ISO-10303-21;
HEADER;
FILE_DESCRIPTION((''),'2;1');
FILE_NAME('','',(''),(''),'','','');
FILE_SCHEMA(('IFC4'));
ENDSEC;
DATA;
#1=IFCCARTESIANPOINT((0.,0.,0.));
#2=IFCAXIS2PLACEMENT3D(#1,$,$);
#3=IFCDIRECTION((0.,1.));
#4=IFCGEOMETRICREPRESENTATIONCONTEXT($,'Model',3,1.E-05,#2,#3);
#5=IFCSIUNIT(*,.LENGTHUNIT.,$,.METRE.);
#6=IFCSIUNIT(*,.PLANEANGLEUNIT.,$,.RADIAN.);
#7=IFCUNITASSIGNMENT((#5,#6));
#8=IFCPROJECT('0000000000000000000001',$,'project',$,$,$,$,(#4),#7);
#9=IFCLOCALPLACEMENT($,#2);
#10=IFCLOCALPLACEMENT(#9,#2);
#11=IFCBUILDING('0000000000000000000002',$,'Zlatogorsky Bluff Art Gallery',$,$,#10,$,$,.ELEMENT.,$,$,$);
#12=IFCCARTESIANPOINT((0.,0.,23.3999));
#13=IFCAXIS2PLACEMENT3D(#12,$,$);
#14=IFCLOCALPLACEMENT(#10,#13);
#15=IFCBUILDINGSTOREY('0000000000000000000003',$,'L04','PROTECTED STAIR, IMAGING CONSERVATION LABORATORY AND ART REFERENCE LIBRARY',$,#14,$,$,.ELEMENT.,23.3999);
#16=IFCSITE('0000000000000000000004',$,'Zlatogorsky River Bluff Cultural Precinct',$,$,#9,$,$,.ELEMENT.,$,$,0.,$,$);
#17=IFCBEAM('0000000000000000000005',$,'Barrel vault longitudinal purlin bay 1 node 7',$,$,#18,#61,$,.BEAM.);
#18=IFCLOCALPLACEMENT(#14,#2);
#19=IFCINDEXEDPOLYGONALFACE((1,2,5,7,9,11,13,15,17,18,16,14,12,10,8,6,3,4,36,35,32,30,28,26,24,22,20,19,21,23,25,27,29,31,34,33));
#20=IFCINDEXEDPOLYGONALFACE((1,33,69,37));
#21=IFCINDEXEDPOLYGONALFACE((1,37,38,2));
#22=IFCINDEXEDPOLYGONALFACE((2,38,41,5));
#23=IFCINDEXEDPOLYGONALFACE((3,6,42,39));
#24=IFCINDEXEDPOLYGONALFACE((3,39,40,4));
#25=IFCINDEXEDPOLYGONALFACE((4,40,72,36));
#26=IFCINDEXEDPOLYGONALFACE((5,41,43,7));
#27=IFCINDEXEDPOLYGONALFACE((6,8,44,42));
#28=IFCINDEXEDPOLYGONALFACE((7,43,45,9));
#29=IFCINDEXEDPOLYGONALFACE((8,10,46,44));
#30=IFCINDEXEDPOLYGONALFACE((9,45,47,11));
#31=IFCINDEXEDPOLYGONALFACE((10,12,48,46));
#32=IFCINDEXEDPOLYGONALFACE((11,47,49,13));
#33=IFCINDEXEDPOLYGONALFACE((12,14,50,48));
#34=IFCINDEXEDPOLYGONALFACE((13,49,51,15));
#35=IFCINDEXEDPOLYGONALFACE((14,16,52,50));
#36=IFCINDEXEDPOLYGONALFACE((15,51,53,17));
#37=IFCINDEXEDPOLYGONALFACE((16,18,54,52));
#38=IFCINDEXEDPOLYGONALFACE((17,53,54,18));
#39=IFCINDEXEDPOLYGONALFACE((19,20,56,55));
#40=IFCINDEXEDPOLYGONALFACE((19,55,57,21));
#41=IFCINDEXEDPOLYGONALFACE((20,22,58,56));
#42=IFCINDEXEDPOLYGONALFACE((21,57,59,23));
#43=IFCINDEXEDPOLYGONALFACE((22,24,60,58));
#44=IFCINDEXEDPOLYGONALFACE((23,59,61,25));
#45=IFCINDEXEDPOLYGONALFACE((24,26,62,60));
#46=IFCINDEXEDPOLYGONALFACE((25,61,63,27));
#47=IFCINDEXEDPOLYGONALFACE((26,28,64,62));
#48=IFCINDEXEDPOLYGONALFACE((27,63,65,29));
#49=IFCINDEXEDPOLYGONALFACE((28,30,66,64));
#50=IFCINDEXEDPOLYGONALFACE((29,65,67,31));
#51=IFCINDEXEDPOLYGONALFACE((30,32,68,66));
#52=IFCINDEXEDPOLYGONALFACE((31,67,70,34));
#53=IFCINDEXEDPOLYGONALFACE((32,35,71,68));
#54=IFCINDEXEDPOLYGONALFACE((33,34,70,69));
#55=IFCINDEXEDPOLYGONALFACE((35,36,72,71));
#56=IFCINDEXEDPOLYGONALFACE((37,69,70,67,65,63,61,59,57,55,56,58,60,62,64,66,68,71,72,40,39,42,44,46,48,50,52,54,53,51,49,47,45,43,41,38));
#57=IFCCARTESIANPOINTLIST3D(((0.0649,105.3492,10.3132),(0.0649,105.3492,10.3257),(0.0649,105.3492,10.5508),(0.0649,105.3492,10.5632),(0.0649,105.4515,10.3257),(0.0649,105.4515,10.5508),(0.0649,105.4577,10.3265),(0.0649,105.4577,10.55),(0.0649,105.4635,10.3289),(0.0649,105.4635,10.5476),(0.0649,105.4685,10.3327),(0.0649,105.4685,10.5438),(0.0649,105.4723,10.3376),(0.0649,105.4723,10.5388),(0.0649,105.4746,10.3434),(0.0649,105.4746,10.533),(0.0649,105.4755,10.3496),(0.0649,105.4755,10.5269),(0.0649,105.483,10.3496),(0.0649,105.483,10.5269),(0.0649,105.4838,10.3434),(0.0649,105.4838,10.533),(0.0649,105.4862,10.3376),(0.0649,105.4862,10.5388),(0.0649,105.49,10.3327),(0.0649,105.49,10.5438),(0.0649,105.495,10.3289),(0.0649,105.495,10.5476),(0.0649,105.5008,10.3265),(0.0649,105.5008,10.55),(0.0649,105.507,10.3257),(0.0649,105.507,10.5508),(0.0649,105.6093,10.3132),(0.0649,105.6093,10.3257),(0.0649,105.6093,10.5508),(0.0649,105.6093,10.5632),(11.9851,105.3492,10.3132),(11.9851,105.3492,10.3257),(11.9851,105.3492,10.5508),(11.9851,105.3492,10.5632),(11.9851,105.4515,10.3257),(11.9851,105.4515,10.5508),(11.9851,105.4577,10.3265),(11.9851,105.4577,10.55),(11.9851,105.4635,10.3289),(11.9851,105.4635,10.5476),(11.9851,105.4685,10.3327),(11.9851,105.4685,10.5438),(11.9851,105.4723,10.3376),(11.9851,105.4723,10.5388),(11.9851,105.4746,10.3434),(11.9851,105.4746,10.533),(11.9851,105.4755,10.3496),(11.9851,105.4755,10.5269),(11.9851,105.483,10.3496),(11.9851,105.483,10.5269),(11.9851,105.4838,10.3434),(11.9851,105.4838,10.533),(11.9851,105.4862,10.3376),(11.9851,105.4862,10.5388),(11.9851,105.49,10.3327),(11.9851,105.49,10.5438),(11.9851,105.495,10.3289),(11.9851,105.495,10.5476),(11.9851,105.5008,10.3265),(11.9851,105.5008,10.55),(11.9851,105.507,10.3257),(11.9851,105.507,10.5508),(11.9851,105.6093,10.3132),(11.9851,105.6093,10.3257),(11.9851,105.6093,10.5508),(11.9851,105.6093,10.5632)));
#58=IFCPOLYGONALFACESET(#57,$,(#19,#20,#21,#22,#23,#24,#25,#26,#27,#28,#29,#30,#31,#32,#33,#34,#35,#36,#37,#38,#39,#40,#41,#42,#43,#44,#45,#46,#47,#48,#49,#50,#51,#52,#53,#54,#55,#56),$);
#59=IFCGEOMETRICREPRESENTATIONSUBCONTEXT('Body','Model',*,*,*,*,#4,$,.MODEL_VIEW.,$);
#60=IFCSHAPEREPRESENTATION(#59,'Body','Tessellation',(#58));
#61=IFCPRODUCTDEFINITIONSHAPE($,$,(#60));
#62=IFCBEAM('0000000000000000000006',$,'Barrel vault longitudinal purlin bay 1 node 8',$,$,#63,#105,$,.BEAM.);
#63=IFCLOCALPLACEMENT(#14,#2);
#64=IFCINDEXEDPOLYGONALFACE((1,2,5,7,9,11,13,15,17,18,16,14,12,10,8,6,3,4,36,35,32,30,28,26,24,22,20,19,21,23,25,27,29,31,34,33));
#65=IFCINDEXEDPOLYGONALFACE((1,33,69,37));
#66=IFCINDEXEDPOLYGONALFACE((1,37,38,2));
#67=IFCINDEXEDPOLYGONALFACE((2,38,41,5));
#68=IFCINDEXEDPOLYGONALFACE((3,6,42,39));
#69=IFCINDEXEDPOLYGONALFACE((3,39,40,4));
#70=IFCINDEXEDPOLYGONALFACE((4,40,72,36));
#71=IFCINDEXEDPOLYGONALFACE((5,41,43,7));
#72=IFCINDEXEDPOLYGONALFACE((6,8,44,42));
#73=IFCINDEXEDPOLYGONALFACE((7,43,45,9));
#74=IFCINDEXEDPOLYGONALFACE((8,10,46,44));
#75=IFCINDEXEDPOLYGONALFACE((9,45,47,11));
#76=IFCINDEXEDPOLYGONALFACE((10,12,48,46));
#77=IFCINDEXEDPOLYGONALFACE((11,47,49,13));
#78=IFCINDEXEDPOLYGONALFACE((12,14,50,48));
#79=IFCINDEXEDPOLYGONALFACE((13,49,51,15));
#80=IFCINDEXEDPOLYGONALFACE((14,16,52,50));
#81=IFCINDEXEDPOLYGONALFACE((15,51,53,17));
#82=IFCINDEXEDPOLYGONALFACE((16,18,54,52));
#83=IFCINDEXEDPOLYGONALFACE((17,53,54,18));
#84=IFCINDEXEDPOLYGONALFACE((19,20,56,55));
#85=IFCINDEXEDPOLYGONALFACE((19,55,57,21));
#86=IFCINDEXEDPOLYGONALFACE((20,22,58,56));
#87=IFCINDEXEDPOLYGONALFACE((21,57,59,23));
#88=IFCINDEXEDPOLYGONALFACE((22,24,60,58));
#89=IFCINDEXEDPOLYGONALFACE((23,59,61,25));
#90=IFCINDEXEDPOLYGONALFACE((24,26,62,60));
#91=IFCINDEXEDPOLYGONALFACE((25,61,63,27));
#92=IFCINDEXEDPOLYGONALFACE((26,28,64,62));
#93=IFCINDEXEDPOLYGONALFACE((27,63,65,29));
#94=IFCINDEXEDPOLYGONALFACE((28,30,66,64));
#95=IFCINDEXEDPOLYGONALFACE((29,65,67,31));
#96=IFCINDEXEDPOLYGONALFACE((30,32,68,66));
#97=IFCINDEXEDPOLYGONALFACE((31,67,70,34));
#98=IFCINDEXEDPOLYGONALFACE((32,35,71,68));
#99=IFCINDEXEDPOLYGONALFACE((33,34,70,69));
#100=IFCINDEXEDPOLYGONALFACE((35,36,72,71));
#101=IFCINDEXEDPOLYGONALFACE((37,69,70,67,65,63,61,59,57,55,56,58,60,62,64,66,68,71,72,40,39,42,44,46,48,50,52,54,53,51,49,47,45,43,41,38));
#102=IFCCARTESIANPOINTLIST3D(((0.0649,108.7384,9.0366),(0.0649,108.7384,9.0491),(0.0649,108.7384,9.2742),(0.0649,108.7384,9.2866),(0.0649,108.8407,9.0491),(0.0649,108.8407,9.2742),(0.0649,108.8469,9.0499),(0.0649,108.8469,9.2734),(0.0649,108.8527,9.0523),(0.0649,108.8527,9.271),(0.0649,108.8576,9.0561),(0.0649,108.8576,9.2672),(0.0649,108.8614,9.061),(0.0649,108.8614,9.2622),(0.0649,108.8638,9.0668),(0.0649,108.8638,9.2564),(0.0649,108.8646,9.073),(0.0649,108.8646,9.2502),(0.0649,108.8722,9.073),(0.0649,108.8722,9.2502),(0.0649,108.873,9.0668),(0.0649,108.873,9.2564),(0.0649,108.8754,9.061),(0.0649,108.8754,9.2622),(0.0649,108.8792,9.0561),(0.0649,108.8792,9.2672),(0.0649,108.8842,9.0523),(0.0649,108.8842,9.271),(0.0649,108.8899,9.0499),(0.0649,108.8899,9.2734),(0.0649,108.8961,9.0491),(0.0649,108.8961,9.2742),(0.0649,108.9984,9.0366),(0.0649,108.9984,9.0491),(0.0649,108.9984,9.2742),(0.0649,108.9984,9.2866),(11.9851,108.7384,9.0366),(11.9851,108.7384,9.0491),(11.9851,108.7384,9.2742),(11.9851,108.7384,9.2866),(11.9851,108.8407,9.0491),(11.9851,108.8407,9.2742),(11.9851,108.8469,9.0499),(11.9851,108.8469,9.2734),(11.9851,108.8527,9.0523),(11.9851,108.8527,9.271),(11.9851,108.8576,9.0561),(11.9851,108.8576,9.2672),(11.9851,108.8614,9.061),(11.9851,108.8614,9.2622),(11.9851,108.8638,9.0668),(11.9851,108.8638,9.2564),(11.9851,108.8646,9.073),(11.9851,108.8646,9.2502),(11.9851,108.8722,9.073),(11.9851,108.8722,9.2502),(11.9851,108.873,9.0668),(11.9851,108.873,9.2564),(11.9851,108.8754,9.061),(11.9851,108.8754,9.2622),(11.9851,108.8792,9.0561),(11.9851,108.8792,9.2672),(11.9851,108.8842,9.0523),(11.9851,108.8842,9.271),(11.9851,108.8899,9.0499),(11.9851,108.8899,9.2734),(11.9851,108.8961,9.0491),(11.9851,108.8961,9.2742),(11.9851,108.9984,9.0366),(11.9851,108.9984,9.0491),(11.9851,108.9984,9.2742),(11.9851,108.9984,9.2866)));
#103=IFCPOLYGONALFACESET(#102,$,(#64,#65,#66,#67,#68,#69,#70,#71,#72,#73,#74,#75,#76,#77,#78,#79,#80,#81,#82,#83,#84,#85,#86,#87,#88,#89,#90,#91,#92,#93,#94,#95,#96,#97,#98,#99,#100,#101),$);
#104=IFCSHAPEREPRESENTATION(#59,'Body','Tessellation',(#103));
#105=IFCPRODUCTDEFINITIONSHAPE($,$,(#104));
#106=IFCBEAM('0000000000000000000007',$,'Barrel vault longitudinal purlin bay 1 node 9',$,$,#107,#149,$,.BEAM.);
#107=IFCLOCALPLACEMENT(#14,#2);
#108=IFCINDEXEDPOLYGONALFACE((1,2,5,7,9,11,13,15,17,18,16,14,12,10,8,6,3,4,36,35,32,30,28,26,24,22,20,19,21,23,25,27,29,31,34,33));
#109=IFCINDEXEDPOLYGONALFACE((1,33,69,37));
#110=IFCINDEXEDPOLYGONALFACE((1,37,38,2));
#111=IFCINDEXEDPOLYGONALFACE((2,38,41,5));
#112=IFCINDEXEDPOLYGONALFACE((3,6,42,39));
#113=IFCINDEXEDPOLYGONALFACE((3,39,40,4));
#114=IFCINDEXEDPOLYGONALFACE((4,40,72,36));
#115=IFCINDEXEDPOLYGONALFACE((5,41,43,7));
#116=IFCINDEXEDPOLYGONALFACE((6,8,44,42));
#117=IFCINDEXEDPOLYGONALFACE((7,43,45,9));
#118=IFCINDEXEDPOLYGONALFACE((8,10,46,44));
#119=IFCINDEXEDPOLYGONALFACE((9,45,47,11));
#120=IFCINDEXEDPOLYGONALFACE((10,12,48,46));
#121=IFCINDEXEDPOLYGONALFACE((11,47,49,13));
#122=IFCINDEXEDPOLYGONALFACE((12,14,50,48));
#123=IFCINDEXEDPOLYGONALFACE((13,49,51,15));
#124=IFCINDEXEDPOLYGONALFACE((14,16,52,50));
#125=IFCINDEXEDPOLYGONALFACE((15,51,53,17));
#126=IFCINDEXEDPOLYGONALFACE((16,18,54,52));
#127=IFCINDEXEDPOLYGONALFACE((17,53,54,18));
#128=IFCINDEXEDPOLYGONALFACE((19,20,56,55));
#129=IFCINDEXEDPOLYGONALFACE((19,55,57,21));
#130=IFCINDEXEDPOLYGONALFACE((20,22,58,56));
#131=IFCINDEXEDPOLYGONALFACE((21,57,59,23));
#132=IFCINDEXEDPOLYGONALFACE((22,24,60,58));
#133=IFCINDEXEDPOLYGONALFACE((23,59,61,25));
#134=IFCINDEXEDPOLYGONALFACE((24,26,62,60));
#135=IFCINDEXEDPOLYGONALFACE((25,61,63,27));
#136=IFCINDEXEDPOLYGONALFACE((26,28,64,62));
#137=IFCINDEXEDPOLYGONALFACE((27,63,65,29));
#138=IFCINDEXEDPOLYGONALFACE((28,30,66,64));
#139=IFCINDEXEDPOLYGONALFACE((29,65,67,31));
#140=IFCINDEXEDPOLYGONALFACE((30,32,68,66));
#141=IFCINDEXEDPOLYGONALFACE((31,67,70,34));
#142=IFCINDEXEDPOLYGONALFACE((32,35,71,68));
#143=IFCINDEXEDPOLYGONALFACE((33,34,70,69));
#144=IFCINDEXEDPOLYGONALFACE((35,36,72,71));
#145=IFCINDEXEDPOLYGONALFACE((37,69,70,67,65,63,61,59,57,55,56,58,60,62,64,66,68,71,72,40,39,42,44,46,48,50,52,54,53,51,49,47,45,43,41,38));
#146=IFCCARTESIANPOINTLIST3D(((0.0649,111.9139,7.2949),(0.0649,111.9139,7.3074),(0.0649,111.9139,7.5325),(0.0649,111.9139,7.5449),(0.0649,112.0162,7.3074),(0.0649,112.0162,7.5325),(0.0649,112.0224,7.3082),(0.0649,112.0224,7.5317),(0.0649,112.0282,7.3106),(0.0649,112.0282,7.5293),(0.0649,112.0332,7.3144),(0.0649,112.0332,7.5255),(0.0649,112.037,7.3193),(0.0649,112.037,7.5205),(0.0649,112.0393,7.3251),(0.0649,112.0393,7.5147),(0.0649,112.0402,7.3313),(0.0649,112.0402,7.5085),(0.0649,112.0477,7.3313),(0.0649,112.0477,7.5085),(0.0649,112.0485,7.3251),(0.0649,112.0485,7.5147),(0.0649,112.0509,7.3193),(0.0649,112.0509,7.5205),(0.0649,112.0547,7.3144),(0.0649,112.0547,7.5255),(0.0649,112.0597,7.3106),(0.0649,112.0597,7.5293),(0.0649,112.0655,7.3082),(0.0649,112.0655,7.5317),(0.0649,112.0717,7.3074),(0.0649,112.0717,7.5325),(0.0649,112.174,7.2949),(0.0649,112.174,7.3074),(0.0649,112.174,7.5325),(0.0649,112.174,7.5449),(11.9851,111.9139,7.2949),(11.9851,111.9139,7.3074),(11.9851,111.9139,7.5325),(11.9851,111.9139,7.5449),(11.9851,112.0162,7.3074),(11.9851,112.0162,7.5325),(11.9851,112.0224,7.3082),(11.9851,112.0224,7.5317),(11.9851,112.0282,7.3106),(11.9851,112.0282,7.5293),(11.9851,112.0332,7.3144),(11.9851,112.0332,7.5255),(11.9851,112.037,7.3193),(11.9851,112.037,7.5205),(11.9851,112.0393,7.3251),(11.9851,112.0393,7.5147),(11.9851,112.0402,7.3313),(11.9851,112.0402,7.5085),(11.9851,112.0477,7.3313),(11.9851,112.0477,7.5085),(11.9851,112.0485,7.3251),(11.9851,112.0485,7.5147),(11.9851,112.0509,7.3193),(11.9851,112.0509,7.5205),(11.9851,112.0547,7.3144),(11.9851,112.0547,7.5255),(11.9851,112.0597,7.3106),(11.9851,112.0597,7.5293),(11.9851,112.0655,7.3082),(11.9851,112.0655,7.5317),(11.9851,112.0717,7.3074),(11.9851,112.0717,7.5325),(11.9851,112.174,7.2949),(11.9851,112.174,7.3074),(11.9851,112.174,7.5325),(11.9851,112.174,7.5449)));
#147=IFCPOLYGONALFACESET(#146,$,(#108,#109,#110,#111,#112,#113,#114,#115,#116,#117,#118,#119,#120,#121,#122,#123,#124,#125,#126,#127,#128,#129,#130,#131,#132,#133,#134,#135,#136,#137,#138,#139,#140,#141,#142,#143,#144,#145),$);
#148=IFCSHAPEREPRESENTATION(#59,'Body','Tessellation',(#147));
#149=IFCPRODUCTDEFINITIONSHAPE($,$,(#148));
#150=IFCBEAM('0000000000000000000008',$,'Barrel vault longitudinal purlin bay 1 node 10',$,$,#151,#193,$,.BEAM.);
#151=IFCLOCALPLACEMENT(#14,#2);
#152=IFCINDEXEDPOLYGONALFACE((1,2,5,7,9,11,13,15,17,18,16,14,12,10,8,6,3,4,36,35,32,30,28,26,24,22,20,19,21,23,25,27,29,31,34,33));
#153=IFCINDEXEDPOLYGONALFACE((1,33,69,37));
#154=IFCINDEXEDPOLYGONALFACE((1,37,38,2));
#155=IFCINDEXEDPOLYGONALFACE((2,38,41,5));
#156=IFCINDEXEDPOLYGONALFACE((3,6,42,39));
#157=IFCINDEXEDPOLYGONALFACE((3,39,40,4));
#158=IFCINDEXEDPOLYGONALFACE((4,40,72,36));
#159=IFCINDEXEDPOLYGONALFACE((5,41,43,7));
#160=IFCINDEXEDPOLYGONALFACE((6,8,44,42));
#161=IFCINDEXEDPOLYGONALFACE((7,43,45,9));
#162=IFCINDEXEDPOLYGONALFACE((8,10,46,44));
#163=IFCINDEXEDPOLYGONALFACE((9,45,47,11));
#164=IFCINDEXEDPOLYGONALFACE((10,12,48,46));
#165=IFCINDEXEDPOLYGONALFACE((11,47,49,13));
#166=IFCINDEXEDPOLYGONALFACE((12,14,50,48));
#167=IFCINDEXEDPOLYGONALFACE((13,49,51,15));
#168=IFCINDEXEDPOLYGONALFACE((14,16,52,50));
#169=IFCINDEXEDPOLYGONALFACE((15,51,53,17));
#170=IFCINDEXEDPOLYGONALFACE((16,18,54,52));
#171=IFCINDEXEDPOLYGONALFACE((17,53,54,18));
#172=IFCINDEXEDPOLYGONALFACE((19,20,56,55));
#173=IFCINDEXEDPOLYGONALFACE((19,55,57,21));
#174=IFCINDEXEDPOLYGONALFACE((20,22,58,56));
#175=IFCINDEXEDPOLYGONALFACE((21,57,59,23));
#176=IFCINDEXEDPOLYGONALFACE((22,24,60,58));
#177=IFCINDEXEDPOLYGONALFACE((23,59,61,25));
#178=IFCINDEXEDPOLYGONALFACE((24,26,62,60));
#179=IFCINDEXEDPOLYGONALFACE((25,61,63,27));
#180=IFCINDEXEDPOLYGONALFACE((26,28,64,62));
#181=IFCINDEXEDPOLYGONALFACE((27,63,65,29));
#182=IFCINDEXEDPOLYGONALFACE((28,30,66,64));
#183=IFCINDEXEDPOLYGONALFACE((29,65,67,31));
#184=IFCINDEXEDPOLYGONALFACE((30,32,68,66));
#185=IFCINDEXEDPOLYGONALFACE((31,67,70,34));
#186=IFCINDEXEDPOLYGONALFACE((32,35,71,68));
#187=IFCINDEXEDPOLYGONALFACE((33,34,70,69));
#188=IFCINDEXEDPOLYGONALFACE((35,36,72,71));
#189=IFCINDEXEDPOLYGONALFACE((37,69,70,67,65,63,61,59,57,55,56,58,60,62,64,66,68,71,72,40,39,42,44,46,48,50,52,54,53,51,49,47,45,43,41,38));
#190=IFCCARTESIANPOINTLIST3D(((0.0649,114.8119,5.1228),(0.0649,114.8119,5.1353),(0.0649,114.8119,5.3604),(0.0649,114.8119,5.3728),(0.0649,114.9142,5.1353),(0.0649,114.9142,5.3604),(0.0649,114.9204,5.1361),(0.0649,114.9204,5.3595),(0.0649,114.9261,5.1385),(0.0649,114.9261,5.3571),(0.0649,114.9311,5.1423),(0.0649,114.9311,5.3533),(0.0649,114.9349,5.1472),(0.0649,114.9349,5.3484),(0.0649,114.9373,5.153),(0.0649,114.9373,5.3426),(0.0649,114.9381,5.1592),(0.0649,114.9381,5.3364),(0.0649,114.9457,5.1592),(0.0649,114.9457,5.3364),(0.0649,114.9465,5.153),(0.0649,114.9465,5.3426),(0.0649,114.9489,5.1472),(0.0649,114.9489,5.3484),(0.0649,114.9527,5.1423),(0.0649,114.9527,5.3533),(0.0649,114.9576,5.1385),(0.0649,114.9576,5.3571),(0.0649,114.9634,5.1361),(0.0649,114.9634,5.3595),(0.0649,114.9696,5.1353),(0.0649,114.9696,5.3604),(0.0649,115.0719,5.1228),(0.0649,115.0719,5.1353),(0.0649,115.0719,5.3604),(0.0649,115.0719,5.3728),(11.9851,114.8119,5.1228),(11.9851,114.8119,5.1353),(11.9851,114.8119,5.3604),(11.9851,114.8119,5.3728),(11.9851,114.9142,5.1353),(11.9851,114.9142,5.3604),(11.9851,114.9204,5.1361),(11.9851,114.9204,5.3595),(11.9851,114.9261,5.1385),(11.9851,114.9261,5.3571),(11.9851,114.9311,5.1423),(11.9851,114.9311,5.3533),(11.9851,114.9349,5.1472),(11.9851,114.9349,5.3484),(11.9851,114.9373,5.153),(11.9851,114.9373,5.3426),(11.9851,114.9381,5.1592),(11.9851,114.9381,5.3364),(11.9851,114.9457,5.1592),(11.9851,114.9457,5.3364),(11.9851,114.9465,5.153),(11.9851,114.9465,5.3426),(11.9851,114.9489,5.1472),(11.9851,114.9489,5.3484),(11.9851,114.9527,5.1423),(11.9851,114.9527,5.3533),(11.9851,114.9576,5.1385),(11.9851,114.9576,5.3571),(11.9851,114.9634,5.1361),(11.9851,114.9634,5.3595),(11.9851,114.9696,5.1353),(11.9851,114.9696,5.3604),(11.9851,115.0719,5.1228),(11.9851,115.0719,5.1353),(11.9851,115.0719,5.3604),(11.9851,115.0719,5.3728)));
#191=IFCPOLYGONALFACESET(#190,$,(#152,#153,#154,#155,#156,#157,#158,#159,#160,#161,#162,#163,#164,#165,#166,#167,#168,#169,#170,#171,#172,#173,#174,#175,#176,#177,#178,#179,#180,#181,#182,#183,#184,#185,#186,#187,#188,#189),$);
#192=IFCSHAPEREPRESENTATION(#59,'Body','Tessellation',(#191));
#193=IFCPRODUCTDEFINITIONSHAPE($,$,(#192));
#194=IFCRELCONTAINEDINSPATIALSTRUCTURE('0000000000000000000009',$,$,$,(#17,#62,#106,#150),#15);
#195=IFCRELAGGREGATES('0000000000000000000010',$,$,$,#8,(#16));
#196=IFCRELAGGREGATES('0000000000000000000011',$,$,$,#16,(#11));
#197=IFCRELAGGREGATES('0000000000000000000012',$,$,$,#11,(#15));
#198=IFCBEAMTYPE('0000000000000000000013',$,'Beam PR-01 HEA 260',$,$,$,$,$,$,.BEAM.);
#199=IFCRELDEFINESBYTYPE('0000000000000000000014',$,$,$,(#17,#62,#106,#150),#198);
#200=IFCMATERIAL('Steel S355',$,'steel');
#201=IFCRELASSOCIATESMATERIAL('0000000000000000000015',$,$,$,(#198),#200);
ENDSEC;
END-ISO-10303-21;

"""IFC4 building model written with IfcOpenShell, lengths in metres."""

from ifc_helpers import new_model, si_unit, direction, frame, origin, origin_2d, place, context, subcontext, project, spatial, i_section, extrude, material, material_profile, profile_set, type_object, element, save


model = new_model("IFC4")

# Units and contexts
model_context = context("Model", 3, precision=1e-05, world=origin(), true_north=direction((0.0, 1.0)))
body_context = subcontext(model_context, "Body", "Model", "MODEL_VIEW")
ifc_project = project(units=[si_unit("LENGTHUNIT", "METRE"), si_unit("PLANEANGLEUNIT", "RADIAN")], contexts=[model_context])

# Site, building, storey
site_placement = place(None, origin())
site = spatial("IfcSite", under=ifc_project, at=site_placement, Name="Zlatogorsky River Bluff Cultural Precinct", CompositionType="ELEMENT", RefElevation=0.0)
building_placement = place(site_placement, origin())
building = spatial("IfcBuilding", under=site, at=building_placement, Name="Zlatogorsky Bluff Art Gallery", CompositionType="ELEMENT")
storey_placement = place(building_placement, frame((0.0, 0.0, 23.3999)))
storey = spatial("IfcBuildingStorey", under=building, at=storey_placement, Name="L04", Description="PROTECTED STAIR, IMAGING CONSERVATION LABORATORY AND ART REFERENCE LIBRARY", CompositionType="ELEMENT", Elevation=23.3999)

# Beams
ifc_material_1 = material(Name="Steel S355", Category="steel")
ifc_material_profile_1 = material_profile(ifc_material_1, i_section(OverallWidth=0.26, OverallDepth=0.25, WebThickness=0.0076, FlangeThickness=0.0125, FilletRadius=0.0239, at=origin_2d()), Name="HEA 260")
ifc_profile_set_1 = profile_set([ifc_material_profile_1], Name="Steel S355")
beam_type_1 = type_object("IfcBeamType", Name="Beam PR-01 HEA 260", PredefinedType="BEAM", material=ifc_profile_set_1)
for number, where, z_axis, x_axis, name in (
    (1, (0.0649, 105.4792, 10.4382), (1.0, 0.0, 0.0), (0.0, 1.0, 0.0), "Barrel vault longitudinal purlin bay 1 node 7"),
    (2, (0.0649, 108.8684, 9.1616), (1.0, 0.0, 0.0), (0.0, 1.0, 0.0), "Barrel vault longitudinal purlin bay 1 node 8"),
    (3, (0.0649, 112.0439, 7.4199), (1.0, 0.0, 0.0), (0.0, 1.0, 0.0), "Barrel vault longitudinal purlin bay 1 node 9"),
    (4, (0.0649, 114.9419, 5.2478), (1.0, 0.0, 0.0), (0.0, 1.0, 0.0), "Barrel vault longitudinal purlin bay 1 node 10"),
):
    element("IfcBeam", number, at=place(storey_placement, frame(where, z_axis=z_axis, x_axis=x_axis)), inside=storey, type_object=beam_type_1, Name=name, PredefinedType="BEAM", context=body_context, shape_type="SweptSolid", body=[
        extrude(i_section(OverallWidth=0.26, OverallDepth=0.25, WebThickness=0.0076, FlangeThickness=0.0125, FilletRadius=0.0239, at=origin_2d()), origin(), (0.0, 0.0, 1.0), 11.9202),
    ])

save(model, "model.ifc")
